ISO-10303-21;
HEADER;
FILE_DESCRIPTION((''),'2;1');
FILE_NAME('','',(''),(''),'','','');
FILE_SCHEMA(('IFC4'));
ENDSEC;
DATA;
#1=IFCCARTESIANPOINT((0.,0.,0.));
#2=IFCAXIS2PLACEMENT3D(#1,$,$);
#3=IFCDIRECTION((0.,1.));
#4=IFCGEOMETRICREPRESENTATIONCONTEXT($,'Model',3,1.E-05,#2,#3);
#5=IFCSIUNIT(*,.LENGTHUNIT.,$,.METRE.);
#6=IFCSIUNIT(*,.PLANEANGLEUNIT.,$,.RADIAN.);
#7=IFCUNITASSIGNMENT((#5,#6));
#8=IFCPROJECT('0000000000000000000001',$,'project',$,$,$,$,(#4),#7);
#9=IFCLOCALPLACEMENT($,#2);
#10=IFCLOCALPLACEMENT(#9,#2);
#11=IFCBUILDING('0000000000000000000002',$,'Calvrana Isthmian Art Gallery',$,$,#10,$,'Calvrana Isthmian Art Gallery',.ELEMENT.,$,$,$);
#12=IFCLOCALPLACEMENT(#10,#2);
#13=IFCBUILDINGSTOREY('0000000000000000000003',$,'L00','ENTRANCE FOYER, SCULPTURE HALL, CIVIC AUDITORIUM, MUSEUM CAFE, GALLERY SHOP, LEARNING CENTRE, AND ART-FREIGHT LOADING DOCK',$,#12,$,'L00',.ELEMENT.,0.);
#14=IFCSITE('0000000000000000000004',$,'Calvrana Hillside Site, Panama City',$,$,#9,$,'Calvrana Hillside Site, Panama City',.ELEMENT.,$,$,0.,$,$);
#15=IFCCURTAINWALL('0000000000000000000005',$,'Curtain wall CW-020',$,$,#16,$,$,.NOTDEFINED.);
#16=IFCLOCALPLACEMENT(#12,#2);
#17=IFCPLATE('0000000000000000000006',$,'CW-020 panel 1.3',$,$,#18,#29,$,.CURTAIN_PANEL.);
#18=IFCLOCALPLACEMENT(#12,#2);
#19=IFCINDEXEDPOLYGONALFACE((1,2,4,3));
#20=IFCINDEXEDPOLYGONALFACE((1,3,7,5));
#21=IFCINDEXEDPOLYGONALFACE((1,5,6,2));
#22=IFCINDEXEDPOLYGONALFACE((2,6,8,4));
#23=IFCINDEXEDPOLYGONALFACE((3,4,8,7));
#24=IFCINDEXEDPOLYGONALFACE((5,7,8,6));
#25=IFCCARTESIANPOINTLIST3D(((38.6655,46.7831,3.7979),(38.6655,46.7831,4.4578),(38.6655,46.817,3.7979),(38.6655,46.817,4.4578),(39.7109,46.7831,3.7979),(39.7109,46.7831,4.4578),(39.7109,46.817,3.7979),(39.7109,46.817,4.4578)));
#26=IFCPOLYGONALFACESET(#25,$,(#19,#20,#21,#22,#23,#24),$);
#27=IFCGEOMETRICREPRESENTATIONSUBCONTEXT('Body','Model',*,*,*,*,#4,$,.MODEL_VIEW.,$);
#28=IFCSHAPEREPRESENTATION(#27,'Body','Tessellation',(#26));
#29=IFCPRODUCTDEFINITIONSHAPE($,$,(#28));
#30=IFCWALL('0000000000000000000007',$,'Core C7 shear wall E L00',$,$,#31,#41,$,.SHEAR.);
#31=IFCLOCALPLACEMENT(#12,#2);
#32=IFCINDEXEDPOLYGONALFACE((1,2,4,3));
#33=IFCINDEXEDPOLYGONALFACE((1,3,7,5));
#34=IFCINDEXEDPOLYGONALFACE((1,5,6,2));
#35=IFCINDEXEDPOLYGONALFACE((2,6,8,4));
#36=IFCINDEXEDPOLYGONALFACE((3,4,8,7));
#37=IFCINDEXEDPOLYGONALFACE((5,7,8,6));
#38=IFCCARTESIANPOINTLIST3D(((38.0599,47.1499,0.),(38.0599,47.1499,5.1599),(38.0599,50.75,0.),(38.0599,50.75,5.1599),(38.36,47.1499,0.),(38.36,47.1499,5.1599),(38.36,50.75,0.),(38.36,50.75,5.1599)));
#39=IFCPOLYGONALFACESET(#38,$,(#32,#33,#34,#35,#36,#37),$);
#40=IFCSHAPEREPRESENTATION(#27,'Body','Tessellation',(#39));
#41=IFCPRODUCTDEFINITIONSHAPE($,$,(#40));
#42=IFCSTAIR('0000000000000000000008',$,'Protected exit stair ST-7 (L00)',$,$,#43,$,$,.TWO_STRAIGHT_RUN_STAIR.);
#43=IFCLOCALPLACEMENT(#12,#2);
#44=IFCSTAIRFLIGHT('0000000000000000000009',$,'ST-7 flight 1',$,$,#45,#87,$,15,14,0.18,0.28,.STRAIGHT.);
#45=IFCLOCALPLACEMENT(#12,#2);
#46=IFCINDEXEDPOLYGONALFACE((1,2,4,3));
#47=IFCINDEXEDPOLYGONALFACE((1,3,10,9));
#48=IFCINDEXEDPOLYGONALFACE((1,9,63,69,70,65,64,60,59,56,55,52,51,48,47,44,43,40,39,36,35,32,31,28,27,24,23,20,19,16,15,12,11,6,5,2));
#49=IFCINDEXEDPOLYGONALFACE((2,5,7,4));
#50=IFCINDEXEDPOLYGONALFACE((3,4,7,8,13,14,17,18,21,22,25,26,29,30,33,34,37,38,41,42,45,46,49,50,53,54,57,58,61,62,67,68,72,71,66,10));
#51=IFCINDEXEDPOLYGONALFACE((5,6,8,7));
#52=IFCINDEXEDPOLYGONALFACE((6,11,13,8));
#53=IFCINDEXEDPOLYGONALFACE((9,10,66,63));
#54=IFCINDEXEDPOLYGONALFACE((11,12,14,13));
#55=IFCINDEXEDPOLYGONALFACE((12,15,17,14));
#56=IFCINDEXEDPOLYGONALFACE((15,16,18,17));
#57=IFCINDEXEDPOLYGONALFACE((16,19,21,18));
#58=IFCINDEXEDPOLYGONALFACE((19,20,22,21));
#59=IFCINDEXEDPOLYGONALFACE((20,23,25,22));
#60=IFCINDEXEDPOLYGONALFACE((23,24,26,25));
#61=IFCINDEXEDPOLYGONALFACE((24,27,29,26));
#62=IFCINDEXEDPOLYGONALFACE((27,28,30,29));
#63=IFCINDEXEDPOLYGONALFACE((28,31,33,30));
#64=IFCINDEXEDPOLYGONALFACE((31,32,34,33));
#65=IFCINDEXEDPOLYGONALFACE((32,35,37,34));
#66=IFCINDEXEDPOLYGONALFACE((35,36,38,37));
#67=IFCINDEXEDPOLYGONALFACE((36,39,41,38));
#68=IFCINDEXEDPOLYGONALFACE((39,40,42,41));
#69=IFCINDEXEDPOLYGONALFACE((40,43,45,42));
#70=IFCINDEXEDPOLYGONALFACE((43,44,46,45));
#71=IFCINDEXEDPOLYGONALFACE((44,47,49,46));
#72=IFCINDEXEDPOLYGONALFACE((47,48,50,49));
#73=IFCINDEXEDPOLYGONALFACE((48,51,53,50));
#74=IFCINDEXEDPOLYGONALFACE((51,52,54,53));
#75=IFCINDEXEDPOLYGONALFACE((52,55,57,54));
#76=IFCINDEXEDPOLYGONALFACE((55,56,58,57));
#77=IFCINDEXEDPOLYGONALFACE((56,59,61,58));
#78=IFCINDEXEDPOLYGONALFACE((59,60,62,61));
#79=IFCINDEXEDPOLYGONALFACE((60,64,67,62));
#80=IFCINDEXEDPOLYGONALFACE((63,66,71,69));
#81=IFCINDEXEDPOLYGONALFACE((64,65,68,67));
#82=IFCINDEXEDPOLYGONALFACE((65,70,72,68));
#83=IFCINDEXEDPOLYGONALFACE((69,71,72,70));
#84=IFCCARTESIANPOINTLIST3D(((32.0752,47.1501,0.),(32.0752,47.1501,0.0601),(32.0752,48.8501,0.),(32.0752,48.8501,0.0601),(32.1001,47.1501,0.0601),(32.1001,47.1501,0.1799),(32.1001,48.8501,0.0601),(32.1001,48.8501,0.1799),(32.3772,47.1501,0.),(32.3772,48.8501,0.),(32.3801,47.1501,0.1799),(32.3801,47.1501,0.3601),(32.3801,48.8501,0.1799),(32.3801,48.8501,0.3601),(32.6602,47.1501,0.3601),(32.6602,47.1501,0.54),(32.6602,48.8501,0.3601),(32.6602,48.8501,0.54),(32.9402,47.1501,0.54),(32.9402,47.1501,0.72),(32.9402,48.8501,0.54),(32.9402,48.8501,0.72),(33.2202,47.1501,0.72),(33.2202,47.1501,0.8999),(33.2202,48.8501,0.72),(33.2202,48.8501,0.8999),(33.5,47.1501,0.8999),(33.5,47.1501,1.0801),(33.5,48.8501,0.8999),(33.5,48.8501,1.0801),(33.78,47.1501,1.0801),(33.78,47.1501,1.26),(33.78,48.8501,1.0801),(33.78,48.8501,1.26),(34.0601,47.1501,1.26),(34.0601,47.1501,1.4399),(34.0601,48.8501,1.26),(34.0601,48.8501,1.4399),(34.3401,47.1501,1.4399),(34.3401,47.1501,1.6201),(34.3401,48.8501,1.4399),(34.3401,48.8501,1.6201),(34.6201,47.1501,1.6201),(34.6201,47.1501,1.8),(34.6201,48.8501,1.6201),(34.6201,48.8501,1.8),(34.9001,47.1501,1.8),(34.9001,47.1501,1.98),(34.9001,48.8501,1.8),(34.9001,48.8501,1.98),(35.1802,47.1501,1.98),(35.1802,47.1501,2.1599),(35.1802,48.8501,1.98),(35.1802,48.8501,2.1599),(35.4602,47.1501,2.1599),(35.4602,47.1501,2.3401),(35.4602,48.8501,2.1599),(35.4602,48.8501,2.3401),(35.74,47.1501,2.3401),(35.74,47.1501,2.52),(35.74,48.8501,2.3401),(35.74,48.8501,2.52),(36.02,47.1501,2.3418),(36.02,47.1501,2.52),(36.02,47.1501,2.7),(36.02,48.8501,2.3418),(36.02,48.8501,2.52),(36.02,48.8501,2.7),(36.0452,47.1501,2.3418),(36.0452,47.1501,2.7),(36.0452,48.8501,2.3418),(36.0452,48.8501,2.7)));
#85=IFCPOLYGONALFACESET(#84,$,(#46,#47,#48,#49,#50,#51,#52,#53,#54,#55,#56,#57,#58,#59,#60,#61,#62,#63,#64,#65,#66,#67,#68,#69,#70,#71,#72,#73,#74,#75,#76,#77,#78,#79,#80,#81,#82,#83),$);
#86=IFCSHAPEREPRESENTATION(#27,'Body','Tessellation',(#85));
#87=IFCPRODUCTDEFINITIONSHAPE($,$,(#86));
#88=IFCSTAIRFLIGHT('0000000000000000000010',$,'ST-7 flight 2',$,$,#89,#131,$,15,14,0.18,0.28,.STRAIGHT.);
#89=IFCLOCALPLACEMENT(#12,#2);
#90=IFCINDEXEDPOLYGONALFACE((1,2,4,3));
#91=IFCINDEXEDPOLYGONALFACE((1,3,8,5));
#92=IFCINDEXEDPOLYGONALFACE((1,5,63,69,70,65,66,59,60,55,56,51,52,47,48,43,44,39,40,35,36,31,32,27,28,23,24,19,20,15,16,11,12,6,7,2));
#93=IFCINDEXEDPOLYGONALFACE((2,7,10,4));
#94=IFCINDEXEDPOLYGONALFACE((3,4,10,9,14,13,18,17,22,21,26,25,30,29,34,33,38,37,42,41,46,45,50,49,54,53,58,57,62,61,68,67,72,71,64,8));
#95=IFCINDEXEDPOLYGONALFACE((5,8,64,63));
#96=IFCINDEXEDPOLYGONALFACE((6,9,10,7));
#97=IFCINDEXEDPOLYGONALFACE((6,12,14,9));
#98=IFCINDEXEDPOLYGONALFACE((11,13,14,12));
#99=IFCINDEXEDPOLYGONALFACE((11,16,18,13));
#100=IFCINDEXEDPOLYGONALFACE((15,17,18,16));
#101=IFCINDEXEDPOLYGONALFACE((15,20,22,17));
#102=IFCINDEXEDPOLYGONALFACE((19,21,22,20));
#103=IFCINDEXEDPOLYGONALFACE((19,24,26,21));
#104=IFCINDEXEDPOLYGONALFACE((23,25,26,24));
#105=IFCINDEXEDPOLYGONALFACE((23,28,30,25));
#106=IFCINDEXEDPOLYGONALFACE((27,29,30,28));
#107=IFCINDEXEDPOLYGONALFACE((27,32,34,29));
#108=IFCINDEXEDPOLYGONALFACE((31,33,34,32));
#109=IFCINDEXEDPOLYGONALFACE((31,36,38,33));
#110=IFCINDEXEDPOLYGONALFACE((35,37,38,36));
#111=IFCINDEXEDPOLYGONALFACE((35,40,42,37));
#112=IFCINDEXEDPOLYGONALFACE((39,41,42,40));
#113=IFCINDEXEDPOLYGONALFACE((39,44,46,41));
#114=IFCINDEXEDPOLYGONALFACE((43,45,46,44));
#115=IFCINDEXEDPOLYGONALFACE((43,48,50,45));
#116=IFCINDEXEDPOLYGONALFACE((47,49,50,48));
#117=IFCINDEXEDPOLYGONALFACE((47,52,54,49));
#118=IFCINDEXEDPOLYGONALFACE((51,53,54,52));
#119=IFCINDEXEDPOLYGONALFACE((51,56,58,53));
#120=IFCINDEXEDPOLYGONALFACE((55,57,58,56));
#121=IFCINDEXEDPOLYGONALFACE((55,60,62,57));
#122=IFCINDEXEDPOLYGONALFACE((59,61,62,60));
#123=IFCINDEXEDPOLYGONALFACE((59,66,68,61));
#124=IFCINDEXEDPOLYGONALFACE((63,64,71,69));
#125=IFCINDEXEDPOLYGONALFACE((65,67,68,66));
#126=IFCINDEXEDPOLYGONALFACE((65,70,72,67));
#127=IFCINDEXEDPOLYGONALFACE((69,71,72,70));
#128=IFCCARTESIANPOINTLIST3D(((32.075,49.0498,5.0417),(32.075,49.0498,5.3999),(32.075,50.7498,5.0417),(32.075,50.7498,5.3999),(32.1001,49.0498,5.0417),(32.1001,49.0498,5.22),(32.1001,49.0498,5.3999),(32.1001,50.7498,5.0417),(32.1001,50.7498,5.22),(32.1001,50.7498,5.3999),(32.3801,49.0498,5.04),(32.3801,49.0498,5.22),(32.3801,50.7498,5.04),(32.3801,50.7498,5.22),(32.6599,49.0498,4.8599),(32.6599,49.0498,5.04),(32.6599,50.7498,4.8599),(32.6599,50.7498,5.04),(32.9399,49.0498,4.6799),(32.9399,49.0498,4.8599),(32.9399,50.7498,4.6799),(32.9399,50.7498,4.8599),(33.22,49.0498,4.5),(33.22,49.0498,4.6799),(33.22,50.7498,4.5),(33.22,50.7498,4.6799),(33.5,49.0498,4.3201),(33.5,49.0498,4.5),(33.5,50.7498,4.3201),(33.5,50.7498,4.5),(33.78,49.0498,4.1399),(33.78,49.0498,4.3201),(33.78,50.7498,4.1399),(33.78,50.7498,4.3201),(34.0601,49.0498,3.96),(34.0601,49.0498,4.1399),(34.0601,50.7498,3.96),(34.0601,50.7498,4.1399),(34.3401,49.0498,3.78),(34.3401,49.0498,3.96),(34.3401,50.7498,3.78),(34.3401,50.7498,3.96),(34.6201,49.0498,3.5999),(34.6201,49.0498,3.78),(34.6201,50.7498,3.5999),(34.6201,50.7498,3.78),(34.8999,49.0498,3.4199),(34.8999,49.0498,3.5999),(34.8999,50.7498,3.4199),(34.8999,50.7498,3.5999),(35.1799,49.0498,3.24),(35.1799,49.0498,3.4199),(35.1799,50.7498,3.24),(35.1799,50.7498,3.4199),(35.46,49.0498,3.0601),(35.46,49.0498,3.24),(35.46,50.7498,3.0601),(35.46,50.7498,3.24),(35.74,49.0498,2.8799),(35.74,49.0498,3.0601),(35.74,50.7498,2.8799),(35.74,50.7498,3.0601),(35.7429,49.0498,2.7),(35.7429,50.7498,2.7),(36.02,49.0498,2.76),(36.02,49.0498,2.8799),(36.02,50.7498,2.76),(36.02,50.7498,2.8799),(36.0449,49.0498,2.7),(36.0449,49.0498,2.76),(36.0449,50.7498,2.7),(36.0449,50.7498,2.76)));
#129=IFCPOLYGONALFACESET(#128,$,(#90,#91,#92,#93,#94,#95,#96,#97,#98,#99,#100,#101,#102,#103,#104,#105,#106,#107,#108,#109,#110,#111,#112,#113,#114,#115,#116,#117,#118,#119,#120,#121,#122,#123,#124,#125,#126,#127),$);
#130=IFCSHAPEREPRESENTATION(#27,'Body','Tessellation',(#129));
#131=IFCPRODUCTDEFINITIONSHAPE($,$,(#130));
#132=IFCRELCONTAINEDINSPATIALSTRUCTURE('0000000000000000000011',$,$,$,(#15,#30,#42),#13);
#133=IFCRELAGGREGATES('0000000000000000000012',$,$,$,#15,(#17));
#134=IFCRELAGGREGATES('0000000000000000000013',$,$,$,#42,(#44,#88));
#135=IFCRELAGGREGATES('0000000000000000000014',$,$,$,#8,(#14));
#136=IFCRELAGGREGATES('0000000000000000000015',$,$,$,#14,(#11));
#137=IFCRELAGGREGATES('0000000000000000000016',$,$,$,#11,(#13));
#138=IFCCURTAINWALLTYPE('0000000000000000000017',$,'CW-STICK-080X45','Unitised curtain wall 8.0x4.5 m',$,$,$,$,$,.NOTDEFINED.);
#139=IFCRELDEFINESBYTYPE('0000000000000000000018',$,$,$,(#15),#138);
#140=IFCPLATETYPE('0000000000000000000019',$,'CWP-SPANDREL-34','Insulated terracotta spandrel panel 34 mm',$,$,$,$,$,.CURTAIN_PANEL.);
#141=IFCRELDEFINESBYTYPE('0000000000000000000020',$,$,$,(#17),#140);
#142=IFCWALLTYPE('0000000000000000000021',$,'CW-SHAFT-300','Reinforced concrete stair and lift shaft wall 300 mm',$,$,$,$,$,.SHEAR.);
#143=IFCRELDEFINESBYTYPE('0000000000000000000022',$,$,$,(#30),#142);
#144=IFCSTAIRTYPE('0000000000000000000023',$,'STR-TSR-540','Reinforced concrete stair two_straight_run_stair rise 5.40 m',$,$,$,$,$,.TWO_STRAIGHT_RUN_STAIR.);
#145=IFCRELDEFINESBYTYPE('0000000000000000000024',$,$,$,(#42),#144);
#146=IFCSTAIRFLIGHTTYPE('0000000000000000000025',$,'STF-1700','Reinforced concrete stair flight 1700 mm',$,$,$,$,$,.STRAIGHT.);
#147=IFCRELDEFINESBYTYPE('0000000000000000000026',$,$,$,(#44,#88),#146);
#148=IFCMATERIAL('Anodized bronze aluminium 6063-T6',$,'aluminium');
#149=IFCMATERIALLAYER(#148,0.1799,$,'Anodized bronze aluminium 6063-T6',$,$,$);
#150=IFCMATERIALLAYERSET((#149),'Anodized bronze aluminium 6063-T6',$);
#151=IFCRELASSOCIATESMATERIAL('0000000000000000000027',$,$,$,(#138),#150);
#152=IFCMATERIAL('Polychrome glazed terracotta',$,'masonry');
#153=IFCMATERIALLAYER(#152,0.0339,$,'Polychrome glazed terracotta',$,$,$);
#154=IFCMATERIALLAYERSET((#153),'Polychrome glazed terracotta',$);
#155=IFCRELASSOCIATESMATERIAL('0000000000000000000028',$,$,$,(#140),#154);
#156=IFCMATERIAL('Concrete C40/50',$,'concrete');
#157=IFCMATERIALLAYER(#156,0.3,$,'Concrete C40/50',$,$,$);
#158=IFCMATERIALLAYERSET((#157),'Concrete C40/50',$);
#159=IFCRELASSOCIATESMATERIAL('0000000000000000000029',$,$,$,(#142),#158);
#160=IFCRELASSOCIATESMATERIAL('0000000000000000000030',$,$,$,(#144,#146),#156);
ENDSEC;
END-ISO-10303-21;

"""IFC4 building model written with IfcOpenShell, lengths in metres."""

from ifc_helpers import new_model, si_unit, direction, frame, frame_2d, origin, origin_2d, place, context, subcontext, project, spatial, polyline, rectangle, outline, extrude, material, layer, layer_set, type_object, element, aggregate, save


model = new_model("IFC4")

# Units and contexts
model_context = context("Model", 3, precision=1e-05, world=origin(), true_north=direction((0.0, 1.0)))
body_context = subcontext(model_context, "Body", "Model", "MODEL_VIEW")
ifc_project = project(units=[si_unit("LENGTHUNIT", "METRE"), si_unit("PLANEANGLEUNIT", "RADIAN")], contexts=[model_context])

# Site, building, storey
site_placement = place(None, origin())
site = spatial("IfcSite", under=ifc_project, at=site_placement, Name="Calvrana Hillside Site, Panama City", LongName="Calvrana Hillside Site, Panama City", CompositionType="ELEMENT", RefElevation=0.0)
building_placement = place(site_placement, origin())
building = spatial("IfcBuilding", under=site, at=building_placement, Name="Calvrana Isthmian Art Gallery", LongName="Calvrana Isthmian Art Gallery", CompositionType="ELEMENT")
storey_placement = place(building_placement, origin())
storey = spatial("IfcBuildingStorey", under=building, at=storey_placement, Name="L00", Description="ENTRANCE FOYER, SCULPTURE HALL, CIVIC AUDITORIUM, MUSEUM CAFE, GALLERY SHOP, LEARNING CENTRE, AND ART-FREIGHT LOADING DOCK", LongName="L00", CompositionType="ELEMENT", Elevation=0.0)

# Curtain wall, plate
ifc_material_1 = material(Name="Anodized bronze aluminium 6063-T6", Category="aluminium")
ifc_layer_1 = layer(ifc_material_1, 0.1799, Name="Anodized bronze aluminium 6063-T6")
ifc_layer_set_1 = layer_set([ifc_layer_1], Name="Anodized bronze aluminium 6063-T6")
curtain_wall_type = type_object("IfcCurtainWallType", Name="CW-STICK-080X45", Description="Unitised curtain wall 8.0x4.5 m", PredefinedType="NOTDEFINED", material=ifc_layer_set_1)
curtain_wall_placement = place(storey_placement, origin())
curtain_wall = element("IfcCurtainWall", 1, at=curtain_wall_placement, inside=storey, type_object=curtain_wall_type, Name="Curtain wall CW-020", PredefinedType="NOTDEFINED")
ifc_material_2 = material(Name="Polychrome glazed terracotta", Category="masonry")
ifc_layer_2 = layer(ifc_material_2, 0.0339, Name="Polychrome glazed terracotta")
ifc_layer_set_2 = layer_set([ifc_layer_2], Name="Polychrome glazed terracotta")
plate_type = type_object("IfcPlateType", Name="CWP-SPANDREL-34", Description="Insulated terracotta spandrel panel 34 mm", PredefinedType="CURTAIN_PANEL", material=ifc_layer_set_2)
plate_1_placement = place(storey_placement, frame((39.1882, 46.8, 3.7979), z_axis=(0.0, 0.0, 1.0), x_axis=(1.0, 0.0, 0.0)))
plate_1 = element("IfcPlate", 2, at=plate_1_placement, type_object=plate_type, Name="CW-020 panel 1.3", PredefinedType="CURTAIN_PANEL", context=body_context, shape_type="SweptSolid", body=[
    extrude(rectangle(XDim=1.0454, YDim=0.0339, at=origin_2d()), origin(), (0.0, 0.0, 1.0), 0.6599),
])
aggregate(curtain_wall, [plate_1])

# Wall
ifc_material_3 = material(Name="Concrete C40/50", Category="concrete")
ifc_layer_3 = layer(ifc_material_3, 0.3, Name="Concrete C40/50")
ifc_layer_set_3 = layer_set([ifc_layer_3], Name="Concrete C40/50")
wall_type = type_object("IfcWallType", Name="CW-SHAFT-300", Description="Reinforced concrete stair and lift shaft wall 300 mm", PredefinedType="SHEAR", material=ifc_layer_set_3)
wall_placement = place(storey_placement, frame((38.21, 47.1499, 0.0), z_axis=(0.0, 0.0, 1.0), x_axis=(0.0, 1.0, 0.0)))
element("IfcWall", 3, at=wall_placement, inside=storey, type_object=wall_type, Name="Core C7 shear wall E L00", PredefinedType="SHEAR", context=body_context, shape_type="SweptSolid", body=[
    extrude(rectangle(XDim=3.6001, YDim=0.3, at=frame_2d((1.8, 0.0))), origin(), (0.0, 0.0, 1.0), 5.1599),
])

# Stair, stair flights
stair_type = type_object("IfcStairType", Name="STR-TSR-540", Description="Reinforced concrete stair two_straight_run_stair rise 5.40 m", PredefinedType="TWO_STRAIGHT_RUN_STAIR", material=ifc_material_3)
stair_placement = place(storey_placement, origin())
stair = element("IfcStair", 4, at=stair_placement, inside=storey, type_object=stair_type, Name="Protected exit stair ST-7 (L00)", PredefinedType="TWO_STRAIGHT_RUN_STAIR")
stair_flight_type = type_object("IfcStairFlightType", Name="STF-1700", Description="Reinforced concrete stair flight 1700 mm", PredefinedType="STRAIGHT", material=ifc_material_3)
stair_flight_1_placement = place(storey_placement, frame((32.1001, 48.0, 0.0), z_axis=(0.0, 0.0, 1.0), x_axis=(1.0, 0.0, 0.0)))
stair_flight_1 = element("IfcStairFlight", 5, at=stair_flight_1_placement, type_object=stair_flight_type, Name="ST-7 flight 1", NumberOfRisers=15, NumberOfTreads=14, PredefinedType="STRAIGHT", RiserHeight=0.18, TreadLength=0.28, context=body_context, shape_type="SweptSolid", body=[
    extrude(outline(polyline([(-0.0249, 0.0), (-0.0249, 0.0601), (0.0, 0.0601), (0.0, 0.1799), (0.28, 0.1799), (0.28, 0.3601), (0.5601, 0.3601), (0.5601, 0.54), (0.8401, 0.54), (0.8401, 0.72), (1.1201, 0.72), (1.1201, 0.8999), (1.3999, 0.8999), (1.3999, 1.0801), (1.6799, 1.0801), (1.6799, 1.26), (1.96, 1.26), (1.96, 1.4399), (2.24, 1.4399), (2.24, 1.6201), (2.52, 1.6201), (2.52, 1.8), (2.8, 1.8), (2.8, 1.98), (3.0801, 1.98), (3.0801, 2.1599), (3.3601, 2.1599), (3.3601, 2.3401), (3.6399, 2.3401), (3.6399, 2.52), (3.9199, 2.52), (3.9199, 2.7), (3.9451, 2.7), (3.9451, 2.3418), (3.9199, 2.3418), (0.2771, 0.0), (-0.0249, 0.0)])), frame((0.0, 0.8501, 0.0), z_axis=(0.0, -1.0, 0.0), x_axis=(1.0, 0.0, 0.0)), (0.0, 0.0, 1.0), 1.7),
])
stair_flight_2_placement = place(storey_placement, frame((36.02, 49.8999, 2.7), z_axis=(0.0, 0.0, 1.0), x_axis=(-1.0, 0.0, 0.0)))
stair_flight_2 = element("IfcStairFlight", 6, at=stair_flight_2_placement, type_object=stair_flight_type, Name="ST-7 flight 2", NumberOfRisers=15, NumberOfTreads=14, PredefinedType="STRAIGHT", RiserHeight=0.18, TreadLength=0.28, context=body_context, shape_type="SweptSolid", body=[
    extrude(outline(polyline([(-0.0249, 0.0), (-0.0249, 0.0601), (0.0, 0.0601), (0.0, 0.1799), (0.28, 0.1799), (0.28, 0.3601), (0.5601, 0.3601), (0.5601, 0.54), (0.8401, 0.54), (0.8401, 0.72), (1.1201, 0.72), (1.1201, 0.8999), (1.3999, 0.8999), (1.3999, 1.0801), (1.6799, 1.0801), (1.6799, 1.26), (1.96, 1.26), (1.96, 1.4399), (2.24, 1.4399), (2.24, 1.6201), (2.52, 1.6201), (2.52, 1.8), (2.8, 1.8), (2.8, 1.98), (3.0801, 1.98), (3.0801, 2.1599), (3.3601, 2.1599), (3.3601, 2.3401), (3.6399, 2.3401), (3.6399, 2.52), (3.9199, 2.52), (3.9199, 2.7), (3.9451, 2.7), (3.9451, 2.3418), (3.9199, 2.3418), (0.2771, 0.0), (-0.0249, 0.0)])), frame((0.0, 0.8501, 0.0), z_axis=(0.0, -1.0, 0.0), x_axis=(1.0, 0.0, 0.0)), (0.0, 0.0, 1.0), 1.7),
])
aggregate(stair, [stair_flight_1, stair_flight_2])

save(model, "model.ifc")
